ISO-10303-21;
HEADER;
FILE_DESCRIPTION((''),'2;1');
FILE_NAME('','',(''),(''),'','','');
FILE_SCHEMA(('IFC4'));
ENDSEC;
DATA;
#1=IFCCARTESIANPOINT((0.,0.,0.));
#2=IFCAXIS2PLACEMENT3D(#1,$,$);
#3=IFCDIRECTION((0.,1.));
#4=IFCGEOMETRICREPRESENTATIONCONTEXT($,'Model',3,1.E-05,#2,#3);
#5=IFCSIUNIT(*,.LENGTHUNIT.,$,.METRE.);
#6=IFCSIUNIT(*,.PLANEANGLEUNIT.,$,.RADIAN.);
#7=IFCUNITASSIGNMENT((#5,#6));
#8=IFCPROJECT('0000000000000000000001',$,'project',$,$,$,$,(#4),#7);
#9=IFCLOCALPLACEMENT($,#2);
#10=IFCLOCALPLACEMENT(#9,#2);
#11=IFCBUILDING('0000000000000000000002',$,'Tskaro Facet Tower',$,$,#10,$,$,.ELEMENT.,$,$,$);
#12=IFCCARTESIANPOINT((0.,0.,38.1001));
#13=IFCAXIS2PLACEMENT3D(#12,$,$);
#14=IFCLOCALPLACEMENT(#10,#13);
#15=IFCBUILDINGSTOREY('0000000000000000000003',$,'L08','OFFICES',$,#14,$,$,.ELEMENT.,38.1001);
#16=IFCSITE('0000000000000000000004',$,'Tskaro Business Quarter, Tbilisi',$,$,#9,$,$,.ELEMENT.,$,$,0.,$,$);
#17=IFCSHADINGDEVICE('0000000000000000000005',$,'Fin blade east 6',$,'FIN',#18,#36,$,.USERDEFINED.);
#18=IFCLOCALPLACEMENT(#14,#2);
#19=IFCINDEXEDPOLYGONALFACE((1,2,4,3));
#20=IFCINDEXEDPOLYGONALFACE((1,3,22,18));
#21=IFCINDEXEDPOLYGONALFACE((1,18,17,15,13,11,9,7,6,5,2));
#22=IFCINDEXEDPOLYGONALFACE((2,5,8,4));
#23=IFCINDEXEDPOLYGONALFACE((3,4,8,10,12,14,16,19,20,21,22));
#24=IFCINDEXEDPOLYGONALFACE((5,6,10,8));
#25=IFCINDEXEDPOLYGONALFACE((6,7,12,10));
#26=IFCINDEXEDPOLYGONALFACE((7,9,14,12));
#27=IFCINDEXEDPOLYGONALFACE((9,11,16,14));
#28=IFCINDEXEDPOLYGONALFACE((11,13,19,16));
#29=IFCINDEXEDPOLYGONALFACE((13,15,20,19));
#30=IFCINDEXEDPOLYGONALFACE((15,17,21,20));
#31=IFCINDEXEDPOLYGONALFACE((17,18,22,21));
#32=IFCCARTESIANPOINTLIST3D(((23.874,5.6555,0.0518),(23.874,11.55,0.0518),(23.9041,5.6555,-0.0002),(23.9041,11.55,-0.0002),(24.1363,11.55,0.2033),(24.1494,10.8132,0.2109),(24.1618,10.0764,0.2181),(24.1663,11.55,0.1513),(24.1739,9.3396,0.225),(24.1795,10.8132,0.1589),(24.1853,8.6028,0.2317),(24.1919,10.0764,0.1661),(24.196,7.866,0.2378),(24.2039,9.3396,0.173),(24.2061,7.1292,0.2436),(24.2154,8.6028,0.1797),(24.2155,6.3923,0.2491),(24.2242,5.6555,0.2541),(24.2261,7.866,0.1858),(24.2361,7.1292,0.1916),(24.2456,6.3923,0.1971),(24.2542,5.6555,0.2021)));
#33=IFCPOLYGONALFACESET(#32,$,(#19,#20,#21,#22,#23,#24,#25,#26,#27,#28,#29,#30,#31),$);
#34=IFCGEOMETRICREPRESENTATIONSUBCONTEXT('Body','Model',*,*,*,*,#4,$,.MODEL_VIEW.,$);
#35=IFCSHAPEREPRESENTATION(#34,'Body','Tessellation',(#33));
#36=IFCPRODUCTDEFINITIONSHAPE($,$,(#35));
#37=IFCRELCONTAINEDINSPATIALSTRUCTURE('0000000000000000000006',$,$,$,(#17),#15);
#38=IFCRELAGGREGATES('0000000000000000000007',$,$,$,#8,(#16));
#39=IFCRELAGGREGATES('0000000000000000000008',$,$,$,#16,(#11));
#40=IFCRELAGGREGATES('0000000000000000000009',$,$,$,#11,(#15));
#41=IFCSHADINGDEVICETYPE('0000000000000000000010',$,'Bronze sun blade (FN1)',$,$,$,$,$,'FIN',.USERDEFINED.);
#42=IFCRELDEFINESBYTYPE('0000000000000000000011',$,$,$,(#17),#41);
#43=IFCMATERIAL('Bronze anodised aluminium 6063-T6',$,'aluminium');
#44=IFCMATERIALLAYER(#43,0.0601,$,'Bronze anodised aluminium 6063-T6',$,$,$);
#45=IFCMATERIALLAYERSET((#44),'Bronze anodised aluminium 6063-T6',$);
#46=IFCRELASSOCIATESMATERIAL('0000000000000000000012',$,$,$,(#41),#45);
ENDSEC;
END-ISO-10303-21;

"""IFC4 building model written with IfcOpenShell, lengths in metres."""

from ifc_helpers import new_model, si_unit, direction, frame, origin, place, context, subcontext, project, spatial, polyline, outline, extrude, material, layer, layer_set, type_object, element, save


model = new_model("IFC4")

# Units and contexts
model_context = context("Model", 3, precision=1e-05, world=origin(), true_north=direction((0.0, 1.0)))
body_context = subcontext(model_context, "Body", "Model", "MODEL_VIEW")
ifc_project = project(units=[si_unit("LENGTHUNIT", "METRE"), si_unit("PLANEANGLEUNIT", "RADIAN")], contexts=[model_context])

# Site, building, storey
site_placement = place(None, origin())
site = spatial("IfcSite", under=ifc_project, at=site_placement, Name="Tskaro Business Quarter, Tbilisi", CompositionType="ELEMENT", RefElevation=0.0)
building_placement = place(site_placement, origin())
building = spatial("IfcBuilding", under=site, at=building_placement, Name="Tskaro Facet Tower", CompositionType="ELEMENT")
storey_placement = place(building_placement, frame((0.0, 0.0, 38.1001)))
storey = spatial("IfcBuildingStorey", under=building, at=storey_placement, Name="L08", Description="OFFICES", CompositionType="ELEMENT", Elevation=38.1001)

# Shared definitions
ifc_material_1 = material(Name="Bronze anodised aluminium 6063-T6", Category="aluminium")

# Shading device
ifc_layer_1 = layer(ifc_material_1, 0.0601, Name="Bronze anodised aluminium 6063-T6")
ifc_layer_set_1 = layer_set([ifc_layer_1], Name="Bronze anodised aluminium 6063-T6")
shading_device_type = type_object("IfcShadingDeviceType", Name="Bronze sun blade (FN1)", ElementType="FIN", PredefinedType="USERDEFINED", material=ifc_layer_set_1)
shading_device_placement = place(storey_placement, frame((23.874, 5.6555, 0.0518), z_axis=(-0.500353, 0.000001, 0.865822), x_axis=(0.0, 1.0, -0.000001)))
element("IfcShadingDevice", 1, at=shading_device_placement, inside=storey, type_object=shading_device_type, Name="Fin blade east 6", ObjectType="FIN", PredefinedType="USERDEFINED", context=body_context, shape_type="SweptSolid", body=[
    extrude(outline(polyline([(0.0, 0.0), (5.8945, 0.0), (5.8945, -0.3029), (5.1577, -0.3181), (4.4209, -0.3324), (3.6841, -0.3463), (2.9473, -0.3595), (2.2104, -0.3719), (1.4736, -0.3835), (0.7368, -0.3944), (0.0, -0.4044), (0.0, 0.0)])), origin(), (0.0, 0.0, -1.0), 0.0601),
])

save(model, "model.ifc")
